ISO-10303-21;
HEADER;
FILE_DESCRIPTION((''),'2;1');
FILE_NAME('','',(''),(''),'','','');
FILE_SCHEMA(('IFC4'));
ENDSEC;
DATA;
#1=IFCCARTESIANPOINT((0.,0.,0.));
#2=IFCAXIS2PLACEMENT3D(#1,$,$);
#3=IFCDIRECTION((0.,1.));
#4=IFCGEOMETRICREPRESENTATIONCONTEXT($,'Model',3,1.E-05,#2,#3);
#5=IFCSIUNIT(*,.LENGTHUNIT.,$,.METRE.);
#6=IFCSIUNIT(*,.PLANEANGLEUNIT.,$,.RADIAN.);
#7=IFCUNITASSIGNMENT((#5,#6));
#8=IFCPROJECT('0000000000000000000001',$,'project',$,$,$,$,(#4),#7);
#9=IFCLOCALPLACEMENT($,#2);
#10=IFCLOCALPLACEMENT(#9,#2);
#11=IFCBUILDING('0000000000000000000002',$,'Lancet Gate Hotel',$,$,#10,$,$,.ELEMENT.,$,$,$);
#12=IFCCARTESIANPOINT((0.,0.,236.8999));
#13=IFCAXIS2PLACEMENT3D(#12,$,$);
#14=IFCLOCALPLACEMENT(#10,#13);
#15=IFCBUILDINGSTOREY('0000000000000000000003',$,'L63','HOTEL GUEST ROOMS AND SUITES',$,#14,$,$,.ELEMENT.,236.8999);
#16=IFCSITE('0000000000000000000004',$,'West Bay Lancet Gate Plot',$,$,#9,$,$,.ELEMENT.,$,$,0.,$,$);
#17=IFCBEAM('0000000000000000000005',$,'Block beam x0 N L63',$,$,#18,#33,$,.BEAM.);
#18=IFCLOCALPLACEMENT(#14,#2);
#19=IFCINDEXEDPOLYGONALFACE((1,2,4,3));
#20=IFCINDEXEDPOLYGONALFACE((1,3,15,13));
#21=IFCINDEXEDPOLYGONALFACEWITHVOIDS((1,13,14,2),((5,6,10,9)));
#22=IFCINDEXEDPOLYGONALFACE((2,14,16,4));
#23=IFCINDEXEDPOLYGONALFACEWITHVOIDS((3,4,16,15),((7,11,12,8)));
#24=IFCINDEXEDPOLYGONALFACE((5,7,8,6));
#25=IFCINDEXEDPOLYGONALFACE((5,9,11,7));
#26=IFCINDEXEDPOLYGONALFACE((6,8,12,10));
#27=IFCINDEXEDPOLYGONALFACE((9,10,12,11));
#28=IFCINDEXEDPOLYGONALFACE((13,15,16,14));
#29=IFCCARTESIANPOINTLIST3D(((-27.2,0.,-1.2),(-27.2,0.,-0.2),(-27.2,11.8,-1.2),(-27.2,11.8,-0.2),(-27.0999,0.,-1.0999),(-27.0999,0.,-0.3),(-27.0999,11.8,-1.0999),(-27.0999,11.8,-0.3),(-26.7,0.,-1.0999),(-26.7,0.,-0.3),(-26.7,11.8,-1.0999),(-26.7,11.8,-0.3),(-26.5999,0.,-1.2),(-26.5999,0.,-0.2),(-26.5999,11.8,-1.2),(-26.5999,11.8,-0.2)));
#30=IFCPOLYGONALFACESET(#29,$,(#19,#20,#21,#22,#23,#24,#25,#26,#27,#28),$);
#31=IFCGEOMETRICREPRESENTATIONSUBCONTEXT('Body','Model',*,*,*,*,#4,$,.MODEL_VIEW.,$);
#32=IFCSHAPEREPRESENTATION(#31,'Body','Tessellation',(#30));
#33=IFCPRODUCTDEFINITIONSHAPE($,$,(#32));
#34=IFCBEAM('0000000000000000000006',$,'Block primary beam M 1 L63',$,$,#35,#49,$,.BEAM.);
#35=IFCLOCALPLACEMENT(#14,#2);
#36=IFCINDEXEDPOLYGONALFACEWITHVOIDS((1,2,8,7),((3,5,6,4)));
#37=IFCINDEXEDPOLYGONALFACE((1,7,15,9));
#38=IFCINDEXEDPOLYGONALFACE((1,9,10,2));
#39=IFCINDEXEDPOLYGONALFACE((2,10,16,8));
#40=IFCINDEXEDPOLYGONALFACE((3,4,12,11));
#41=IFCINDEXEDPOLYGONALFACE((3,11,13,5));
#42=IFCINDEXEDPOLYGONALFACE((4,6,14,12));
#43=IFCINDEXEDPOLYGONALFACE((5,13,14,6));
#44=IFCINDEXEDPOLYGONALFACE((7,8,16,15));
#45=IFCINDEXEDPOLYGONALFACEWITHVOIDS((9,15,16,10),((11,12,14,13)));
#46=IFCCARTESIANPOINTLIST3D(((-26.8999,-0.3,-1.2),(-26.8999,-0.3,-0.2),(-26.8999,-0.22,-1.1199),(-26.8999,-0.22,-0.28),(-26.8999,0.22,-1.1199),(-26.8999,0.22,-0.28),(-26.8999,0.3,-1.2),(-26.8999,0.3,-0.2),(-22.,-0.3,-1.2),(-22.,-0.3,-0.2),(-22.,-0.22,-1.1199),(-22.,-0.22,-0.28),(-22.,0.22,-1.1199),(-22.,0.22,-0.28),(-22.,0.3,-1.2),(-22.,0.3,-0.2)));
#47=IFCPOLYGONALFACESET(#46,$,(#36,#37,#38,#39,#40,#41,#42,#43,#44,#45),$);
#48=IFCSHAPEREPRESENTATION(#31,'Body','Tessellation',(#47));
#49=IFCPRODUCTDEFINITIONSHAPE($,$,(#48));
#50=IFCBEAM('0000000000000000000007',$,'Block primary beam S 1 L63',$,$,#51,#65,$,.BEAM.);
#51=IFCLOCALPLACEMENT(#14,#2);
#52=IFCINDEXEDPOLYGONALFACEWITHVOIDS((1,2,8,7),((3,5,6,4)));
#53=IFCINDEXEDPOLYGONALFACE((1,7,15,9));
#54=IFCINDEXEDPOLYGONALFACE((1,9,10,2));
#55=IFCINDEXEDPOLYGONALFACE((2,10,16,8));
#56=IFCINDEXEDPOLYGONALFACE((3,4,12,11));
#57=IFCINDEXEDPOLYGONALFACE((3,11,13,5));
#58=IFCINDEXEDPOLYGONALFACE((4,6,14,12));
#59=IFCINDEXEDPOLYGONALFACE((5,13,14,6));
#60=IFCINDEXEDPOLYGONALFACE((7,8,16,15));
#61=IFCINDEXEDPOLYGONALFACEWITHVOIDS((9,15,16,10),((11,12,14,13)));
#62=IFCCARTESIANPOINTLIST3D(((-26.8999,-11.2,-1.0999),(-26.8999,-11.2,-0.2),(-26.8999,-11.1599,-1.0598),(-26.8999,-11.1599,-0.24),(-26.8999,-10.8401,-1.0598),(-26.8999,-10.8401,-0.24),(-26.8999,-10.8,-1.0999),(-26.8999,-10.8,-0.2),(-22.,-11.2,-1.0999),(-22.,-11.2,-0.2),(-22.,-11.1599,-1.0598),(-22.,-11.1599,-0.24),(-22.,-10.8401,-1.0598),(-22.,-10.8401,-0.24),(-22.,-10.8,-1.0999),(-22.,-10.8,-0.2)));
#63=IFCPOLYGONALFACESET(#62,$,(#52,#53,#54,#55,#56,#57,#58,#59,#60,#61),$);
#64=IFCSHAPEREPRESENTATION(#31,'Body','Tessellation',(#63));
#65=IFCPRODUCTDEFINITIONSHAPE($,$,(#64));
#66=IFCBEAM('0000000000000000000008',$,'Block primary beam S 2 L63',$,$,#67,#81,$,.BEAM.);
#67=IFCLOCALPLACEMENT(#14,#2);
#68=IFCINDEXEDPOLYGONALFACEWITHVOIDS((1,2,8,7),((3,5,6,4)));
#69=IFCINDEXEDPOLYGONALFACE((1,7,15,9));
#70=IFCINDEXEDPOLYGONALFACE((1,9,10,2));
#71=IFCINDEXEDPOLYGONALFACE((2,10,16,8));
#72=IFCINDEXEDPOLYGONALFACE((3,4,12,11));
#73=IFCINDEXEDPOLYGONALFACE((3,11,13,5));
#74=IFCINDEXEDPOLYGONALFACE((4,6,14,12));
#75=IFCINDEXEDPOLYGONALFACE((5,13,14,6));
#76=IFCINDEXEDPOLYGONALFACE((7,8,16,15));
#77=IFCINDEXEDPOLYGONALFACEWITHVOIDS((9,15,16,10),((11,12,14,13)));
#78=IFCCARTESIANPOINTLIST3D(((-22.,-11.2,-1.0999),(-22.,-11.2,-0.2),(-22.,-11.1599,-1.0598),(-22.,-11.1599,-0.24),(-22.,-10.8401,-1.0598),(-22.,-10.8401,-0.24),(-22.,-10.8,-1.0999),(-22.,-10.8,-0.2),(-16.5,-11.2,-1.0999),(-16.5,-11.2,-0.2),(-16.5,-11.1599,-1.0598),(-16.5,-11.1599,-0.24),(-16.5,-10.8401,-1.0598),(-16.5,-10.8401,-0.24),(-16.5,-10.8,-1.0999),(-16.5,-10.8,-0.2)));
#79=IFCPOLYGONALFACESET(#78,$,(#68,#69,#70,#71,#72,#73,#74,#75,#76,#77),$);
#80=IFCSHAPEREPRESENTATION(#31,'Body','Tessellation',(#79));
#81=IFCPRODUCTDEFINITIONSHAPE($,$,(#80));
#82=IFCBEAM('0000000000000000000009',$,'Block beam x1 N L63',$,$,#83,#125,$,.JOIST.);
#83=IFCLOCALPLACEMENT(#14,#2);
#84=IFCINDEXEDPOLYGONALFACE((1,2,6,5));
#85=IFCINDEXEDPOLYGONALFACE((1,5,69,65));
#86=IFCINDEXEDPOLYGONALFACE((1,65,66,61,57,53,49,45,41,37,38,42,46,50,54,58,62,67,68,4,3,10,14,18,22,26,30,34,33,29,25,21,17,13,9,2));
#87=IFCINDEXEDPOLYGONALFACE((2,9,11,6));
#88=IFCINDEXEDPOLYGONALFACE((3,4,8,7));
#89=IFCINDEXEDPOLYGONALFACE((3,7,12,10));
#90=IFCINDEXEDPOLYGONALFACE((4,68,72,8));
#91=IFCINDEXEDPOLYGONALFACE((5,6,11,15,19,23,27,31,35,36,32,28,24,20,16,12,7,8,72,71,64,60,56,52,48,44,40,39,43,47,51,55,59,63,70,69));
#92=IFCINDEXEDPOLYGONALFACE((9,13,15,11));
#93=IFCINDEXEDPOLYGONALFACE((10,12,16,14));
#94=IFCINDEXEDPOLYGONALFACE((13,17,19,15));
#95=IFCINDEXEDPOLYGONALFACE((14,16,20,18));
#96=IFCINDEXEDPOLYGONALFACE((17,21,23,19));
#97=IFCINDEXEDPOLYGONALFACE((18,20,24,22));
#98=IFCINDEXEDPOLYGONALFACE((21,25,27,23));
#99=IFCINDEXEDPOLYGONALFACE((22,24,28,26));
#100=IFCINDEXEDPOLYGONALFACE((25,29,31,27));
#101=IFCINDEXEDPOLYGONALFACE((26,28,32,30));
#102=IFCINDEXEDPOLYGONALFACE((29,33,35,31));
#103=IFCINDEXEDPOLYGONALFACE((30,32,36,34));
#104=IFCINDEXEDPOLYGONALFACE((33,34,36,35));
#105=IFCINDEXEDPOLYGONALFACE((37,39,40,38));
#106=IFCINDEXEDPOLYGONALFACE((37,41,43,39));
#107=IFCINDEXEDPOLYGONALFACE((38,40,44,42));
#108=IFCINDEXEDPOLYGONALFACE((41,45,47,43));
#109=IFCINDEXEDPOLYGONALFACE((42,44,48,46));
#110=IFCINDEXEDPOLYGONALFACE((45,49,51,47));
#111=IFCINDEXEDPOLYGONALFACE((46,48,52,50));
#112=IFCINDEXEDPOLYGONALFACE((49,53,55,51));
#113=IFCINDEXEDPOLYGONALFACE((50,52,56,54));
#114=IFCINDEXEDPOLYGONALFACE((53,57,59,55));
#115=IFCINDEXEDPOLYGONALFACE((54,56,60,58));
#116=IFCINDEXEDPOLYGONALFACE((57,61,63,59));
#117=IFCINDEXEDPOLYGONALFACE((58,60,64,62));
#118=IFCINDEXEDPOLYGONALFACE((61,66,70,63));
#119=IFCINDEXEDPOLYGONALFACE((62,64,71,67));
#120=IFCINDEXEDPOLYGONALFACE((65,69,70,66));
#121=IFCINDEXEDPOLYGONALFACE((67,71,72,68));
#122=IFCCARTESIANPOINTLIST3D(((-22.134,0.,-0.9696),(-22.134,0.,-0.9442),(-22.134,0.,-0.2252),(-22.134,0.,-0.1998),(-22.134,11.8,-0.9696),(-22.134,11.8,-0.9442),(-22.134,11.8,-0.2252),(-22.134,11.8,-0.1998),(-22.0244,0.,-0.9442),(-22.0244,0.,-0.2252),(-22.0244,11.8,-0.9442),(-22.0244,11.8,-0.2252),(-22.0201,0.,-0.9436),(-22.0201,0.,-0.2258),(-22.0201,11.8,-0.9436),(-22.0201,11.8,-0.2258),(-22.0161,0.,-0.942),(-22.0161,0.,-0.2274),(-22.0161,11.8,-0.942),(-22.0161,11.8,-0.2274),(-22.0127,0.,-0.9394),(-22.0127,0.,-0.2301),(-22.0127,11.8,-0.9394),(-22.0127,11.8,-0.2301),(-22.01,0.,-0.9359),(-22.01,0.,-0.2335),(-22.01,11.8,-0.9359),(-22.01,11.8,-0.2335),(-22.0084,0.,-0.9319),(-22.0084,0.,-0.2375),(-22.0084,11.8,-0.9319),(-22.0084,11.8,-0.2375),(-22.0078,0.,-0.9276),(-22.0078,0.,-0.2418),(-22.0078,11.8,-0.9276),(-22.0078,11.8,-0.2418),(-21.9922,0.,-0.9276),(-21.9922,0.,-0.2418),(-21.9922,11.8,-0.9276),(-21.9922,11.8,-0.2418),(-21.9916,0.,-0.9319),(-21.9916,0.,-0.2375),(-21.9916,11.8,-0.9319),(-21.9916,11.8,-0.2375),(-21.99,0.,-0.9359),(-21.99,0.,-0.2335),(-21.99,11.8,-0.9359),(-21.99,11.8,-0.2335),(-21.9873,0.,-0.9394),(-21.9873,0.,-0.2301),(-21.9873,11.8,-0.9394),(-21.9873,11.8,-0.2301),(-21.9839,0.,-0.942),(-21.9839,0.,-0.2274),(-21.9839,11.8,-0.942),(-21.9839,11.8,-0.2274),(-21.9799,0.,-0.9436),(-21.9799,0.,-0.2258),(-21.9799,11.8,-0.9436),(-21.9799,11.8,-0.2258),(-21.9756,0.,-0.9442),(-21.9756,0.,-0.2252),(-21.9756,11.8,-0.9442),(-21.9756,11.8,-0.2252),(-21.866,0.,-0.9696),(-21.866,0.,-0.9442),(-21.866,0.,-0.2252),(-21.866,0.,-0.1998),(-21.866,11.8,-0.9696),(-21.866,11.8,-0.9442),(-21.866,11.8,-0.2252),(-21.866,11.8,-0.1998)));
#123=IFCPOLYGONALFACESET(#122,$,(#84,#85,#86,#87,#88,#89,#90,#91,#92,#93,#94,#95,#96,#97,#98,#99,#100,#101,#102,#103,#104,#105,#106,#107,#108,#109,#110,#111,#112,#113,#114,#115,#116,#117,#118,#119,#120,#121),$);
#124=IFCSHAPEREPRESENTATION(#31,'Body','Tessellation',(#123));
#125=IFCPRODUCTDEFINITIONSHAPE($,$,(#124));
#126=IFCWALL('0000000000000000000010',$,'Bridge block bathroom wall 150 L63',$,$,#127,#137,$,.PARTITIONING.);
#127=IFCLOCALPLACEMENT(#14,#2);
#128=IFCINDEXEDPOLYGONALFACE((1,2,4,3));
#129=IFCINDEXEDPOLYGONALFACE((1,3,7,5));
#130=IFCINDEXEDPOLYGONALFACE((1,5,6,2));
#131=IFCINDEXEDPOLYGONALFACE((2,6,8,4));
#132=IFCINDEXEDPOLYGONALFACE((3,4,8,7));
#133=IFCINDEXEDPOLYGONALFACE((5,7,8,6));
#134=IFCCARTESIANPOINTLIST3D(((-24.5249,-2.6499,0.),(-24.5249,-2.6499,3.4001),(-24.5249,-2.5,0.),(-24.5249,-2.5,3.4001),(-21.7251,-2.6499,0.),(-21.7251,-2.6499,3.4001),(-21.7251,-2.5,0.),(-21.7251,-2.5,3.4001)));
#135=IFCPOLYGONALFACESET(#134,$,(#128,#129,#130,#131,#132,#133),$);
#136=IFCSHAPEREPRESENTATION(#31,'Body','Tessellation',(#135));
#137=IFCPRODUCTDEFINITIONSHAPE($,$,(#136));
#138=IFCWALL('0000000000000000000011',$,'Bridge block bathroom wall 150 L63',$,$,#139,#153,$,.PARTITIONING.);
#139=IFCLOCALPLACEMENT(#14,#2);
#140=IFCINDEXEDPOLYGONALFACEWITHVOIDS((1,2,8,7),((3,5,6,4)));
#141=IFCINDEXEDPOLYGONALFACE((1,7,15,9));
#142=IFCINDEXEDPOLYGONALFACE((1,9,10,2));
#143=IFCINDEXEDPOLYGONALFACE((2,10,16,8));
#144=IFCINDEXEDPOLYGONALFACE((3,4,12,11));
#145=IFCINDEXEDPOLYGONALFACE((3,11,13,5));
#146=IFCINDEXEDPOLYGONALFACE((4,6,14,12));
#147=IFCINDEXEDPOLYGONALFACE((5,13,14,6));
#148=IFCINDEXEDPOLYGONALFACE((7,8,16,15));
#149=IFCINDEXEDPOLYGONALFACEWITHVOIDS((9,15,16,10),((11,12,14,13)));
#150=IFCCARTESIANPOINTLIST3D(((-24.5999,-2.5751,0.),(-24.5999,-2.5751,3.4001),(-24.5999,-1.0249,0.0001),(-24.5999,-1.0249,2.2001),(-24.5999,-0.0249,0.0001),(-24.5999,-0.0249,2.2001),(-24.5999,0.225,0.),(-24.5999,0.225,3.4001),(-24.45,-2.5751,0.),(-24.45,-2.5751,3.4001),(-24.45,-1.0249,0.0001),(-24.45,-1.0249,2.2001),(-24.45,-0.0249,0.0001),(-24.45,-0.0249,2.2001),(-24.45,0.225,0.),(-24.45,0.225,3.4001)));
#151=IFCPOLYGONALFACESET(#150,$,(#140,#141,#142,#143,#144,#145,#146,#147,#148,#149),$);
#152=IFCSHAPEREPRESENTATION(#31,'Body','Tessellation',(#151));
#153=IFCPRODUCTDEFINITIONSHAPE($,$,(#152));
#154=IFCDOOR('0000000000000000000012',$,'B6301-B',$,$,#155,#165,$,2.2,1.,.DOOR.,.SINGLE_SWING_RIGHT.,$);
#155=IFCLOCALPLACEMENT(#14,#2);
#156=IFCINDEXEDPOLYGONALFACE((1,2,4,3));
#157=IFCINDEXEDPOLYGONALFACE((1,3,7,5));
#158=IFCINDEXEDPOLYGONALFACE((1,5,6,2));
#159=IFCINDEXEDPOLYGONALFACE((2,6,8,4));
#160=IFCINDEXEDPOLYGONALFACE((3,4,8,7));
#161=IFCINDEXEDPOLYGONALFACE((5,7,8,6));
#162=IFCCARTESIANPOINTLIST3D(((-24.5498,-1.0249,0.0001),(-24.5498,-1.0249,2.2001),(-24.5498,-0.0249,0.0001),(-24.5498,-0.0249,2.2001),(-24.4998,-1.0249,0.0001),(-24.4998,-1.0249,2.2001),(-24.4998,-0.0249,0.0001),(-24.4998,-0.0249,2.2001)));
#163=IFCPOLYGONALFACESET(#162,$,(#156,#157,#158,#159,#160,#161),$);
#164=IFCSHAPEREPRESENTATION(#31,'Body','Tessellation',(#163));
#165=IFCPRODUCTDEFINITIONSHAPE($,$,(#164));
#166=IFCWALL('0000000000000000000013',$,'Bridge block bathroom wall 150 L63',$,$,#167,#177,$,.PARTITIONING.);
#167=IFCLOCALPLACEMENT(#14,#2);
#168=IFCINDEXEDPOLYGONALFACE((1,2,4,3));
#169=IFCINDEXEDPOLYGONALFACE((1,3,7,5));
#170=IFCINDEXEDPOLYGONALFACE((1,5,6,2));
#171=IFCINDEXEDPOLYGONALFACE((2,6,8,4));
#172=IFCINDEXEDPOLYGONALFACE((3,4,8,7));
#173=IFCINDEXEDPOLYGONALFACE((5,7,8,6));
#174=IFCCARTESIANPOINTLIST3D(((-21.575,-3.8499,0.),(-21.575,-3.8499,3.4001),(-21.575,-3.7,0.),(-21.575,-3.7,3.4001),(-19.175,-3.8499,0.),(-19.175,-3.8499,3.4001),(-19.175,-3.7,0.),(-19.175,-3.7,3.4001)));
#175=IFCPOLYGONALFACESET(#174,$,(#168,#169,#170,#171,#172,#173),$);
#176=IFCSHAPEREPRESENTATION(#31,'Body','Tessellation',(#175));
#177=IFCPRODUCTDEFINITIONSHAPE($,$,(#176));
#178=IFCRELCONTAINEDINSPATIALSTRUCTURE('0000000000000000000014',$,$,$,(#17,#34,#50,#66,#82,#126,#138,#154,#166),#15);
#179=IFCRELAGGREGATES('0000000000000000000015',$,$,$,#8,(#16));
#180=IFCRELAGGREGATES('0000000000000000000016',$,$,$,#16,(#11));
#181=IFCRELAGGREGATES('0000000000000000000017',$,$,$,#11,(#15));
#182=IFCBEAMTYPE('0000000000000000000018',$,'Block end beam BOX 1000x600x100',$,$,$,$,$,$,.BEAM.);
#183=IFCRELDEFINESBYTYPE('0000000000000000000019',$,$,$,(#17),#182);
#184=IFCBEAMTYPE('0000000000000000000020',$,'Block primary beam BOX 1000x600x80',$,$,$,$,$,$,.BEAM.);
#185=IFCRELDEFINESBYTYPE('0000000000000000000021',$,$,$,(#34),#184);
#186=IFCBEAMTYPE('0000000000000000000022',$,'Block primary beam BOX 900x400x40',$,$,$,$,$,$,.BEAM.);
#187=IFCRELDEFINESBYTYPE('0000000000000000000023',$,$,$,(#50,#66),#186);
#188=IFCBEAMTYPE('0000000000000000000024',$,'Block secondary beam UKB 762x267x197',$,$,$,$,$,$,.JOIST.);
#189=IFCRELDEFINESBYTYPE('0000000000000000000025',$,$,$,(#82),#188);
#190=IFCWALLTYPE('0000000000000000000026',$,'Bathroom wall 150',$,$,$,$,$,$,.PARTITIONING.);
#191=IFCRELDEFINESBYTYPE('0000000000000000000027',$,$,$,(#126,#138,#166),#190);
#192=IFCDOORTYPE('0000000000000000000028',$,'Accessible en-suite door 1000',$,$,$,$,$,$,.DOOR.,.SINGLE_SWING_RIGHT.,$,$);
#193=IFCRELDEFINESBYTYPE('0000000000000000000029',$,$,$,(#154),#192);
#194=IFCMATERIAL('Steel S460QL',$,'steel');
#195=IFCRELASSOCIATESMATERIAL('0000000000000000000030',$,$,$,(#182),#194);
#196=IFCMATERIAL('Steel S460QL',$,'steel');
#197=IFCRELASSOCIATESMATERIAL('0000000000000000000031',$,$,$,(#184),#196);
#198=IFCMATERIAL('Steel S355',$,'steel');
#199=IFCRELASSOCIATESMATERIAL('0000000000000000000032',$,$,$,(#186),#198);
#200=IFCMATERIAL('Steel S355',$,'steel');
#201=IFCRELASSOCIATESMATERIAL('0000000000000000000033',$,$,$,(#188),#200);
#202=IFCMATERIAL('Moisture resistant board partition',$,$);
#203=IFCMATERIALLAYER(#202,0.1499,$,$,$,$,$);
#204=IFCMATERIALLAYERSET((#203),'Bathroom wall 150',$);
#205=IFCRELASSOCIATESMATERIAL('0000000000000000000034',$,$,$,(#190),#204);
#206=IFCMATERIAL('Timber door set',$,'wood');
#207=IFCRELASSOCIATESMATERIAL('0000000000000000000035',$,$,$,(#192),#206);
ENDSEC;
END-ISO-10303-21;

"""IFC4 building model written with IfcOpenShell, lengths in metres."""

from ifc_helpers import new_model, si_unit, direction, frame, frame_2d, origin, origin_2d, place, context, subcontext, project, spatial, rectangle, hollow_rectangle, i_section, extrude, material, layer, layer_set, material_profile, profile_set, type_object, element, fill, save


model = new_model("IFC4")

# Units and contexts
model_context = context("Model", 3, precision=1e-05, world=origin(), true_north=direction((0.0, 1.0)))
body_context = subcontext(model_context, "Body", "Model", "MODEL_VIEW")
ifc_project = project(units=[si_unit("LENGTHUNIT", "METRE"), si_unit("PLANEANGLEUNIT", "RADIAN")], contexts=[model_context])

# Site, building, storey
site_placement = place(None, origin())
site = spatial("IfcSite", under=ifc_project, at=site_placement, Name="West Bay Lancet Gate Plot", CompositionType="ELEMENT", RefElevation=0.0)
building_placement = place(site_placement, origin())
building = spatial("IfcBuilding", under=site, at=building_placement, Name="Lancet Gate Hotel", CompositionType="ELEMENT")
storey_placement = place(building_placement, frame((0.0, 0.0, 236.8999)))
storey = spatial("IfcBuildingStorey", under=building, at=storey_placement, Name="L63", Description="HOTEL GUEST ROOMS AND SUITES", CompositionType="ELEMENT", Elevation=236.8999)

# Beams
ifc_material_1 = material(Name="Steel S460QL", Category="steel")
ifc_material_profile_1 = material_profile(ifc_material_1, hollow_rectangle(XDim=0.6001, YDim=1.0, WallThickness=0.1001, at=origin_2d()), Name="BOX 1000x600x100")
ifc_profile_set_1 = profile_set([ifc_material_profile_1], Name="Steel S460QL")
beam_type_1 = type_object("IfcBeamType", Name="Block end beam BOX 1000x600x100", PredefinedType="BEAM", material=ifc_profile_set_1)
beam_1_placement = place(storey_placement, frame((-26.8999, 0.0, -0.7), z_axis=(0.0, 1.0, 0.0), x_axis=(-1.0, 0.0, 0.0)))
element("IfcBeam", 1, at=beam_1_placement, inside=storey, type_object=beam_type_1, Name="Block beam x0 N L63", PredefinedType="BEAM", context=body_context, shape_type="SweptSolid", body=[
    extrude(hollow_rectangle(XDim=0.6001, YDim=1.0, WallThickness=0.1001, at=origin_2d()), origin(), (0.0, 0.0, 1.0), 11.8),
])
ifc_material_2 = material(Name="Steel S460QL", Category="steel")
ifc_material_profile_2 = material_profile(ifc_material_2, hollow_rectangle(XDim=0.6001, YDim=1.0, WallThickness=0.0801, at=origin_2d()), Name="BOX 1000x600x80")
ifc_profile_set_2 = profile_set([ifc_material_profile_2], Name="Steel S460QL")
beam_type_2 = type_object("IfcBeamType", Name="Block primary beam BOX 1000x600x80", PredefinedType="BEAM", material=ifc_profile_set_2)
beam_2_placement = place(storey_placement, frame((-26.8999, 0.0, -0.7), z_axis=(1.0, 0.0, 0.0), x_axis=(0.0, 1.0, 0.0)))
element("IfcBeam", 2, at=beam_2_placement, inside=storey, type_object=beam_type_2, Name="Block primary beam M 1 L63", PredefinedType="BEAM", context=body_context, shape_type="SweptSolid", body=[
    extrude(hollow_rectangle(XDim=0.6001, YDim=1.0, WallThickness=0.0801, at=origin_2d()), origin(), (0.0, 0.0, 1.0), 4.8999),
])
ifc_material_3 = material(Name="Steel S355", Category="steel")
ifc_material_profile_3 = material_profile(ifc_material_3, hollow_rectangle(XDim=0.3999, YDim=0.8999, WallThickness=0.04, at=origin_2d()), Name="BOX 900x400x40")
ifc_profile_set_3 = profile_set([ifc_material_profile_3], Name="Steel S355")
beam_type_3 = type_object("IfcBeamType", Name="Block primary beam BOX 900x400x40", PredefinedType="BEAM", material=ifc_profile_set_3)
beam_3_placement = place(storey_placement, frame((-26.8999, -11.0, -0.6499), z_axis=(1.0, 0.0, 0.0), x_axis=(0.0, 1.0, 0.0)))
element("IfcBeam", 3, at=beam_3_placement, inside=storey, type_object=beam_type_3, Name="Block primary beam S 1 L63", PredefinedType="BEAM", context=body_context, shape_type="SweptSolid", body=[
    extrude(hollow_rectangle(XDim=0.3999, YDim=0.8999, WallThickness=0.04, at=origin_2d()), origin(), (0.0, 0.0, 1.0), 4.8999),
])
beam_4_placement = place(storey_placement, frame((-22.0, -11.0, -0.6499), z_axis=(1.0, 0.0, 0.0), x_axis=(0.0, 1.0, 0.0)))
element("IfcBeam", 4, at=beam_4_placement, inside=storey, type_object=beam_type_3, Name="Block primary beam S 2 L63", PredefinedType="BEAM", context=body_context, shape_type="SweptSolid", body=[
    extrude(hollow_rectangle(XDim=0.3999, YDim=0.8999, WallThickness=0.04, at=origin_2d()), origin(), (0.0, 0.0, 1.0), 5.5),
])
ifc_material_4 = material(Name="Steel S355", Category="steel")
ifc_material_profile_4 = material_profile(ifc_material_4, i_section(OverallWidth=0.2681, OverallDepth=0.7698, WebThickness=0.0156, FlangeThickness=0.0254, FilletRadius=0.0166, at=origin_2d()), Name="UKB 762x267x197")
ifc_profile_set_4 = profile_set([ifc_material_profile_4], Name="Steel S355")
beam_type_4 = type_object("IfcBeamType", Name="Block secondary beam UKB 762x267x197", PredefinedType="JOIST", material=ifc_profile_set_4)
beam_5_placement = place(storey_placement, frame((-22.0, 0.0, -0.5847), z_axis=(0.0, 1.0, 0.0), x_axis=(-1.0, 0.0, 0.0)))
element("IfcBeam", 5, at=beam_5_placement, inside=storey, type_object=beam_type_4, Name="Block beam x1 N L63", PredefinedType="JOIST", context=body_context, shape_type="SweptSolid", body=[
    extrude(i_section(OverallWidth=0.2681, OverallDepth=0.7698, WebThickness=0.0156, FlangeThickness=0.0254, FilletRadius=0.0166, at=origin_2d()), origin(), (0.0, 0.0, 1.0), 11.8),
])

# Wall
ifc_material_5 = material(Name="Moisture resistant board partition")
ifc_layer_1 = layer(ifc_material_5, 0.1499)
ifc_layer_set_1 = layer_set([ifc_layer_1], Name="Bathroom wall 150")
wall_type_1 = type_object("IfcWallType", Name="Bathroom wall 150", PredefinedType="PARTITIONING", material=ifc_layer_set_1)
wall_1_placement = place(storey_placement, frame((-24.5249, -2.575, 0.0), z_axis=(0.0, 0.0, 1.0), x_axis=(1.0, 0.0, 0.0)))
element("IfcWall", 6, at=wall_1_placement, inside=storey, type_object=wall_type_1, Name="Bridge block bathroom wall 150 L63", PredefinedType="PARTITIONING", context=body_context, shape_type="SweptSolid", body=[
    extrude(rectangle(XDim=2.7998, YDim=0.1499, at=frame_2d((1.3999, 0.0))), origin(), (0.0, 0.0, 1.0), 3.4001),
])

# Wall, opening, door
wall_2_placement = place(storey_placement, frame((-24.5249, -2.575, 0.0), z_axis=(0.0, 0.0, 1.0), x_axis=(0.0, 1.0, 0.0)))
wall_2 = element("IfcWall", 7, at=wall_2_placement, inside=storey, type_object=wall_type_1, Name="Bridge block bathroom wall 150 L63", PredefinedType="PARTITIONING", context=body_context, shape_type="SweptSolid", body=[
    extrude(rectangle(XDim=2.8, YDim=0.1499, at=frame_2d((1.3999, 0.0))), origin(), (0.0, 0.0, 1.0), 3.4001),
])
opening_1_placement = place(wall_2_placement, frame((1.55, 0.0, 0.0)))
opening_1 = element("IfcOpeningElement", 8, at=opening_1_placement, cuts=wall_2, PredefinedType="OPENING", context=body_context, shape_type="SweptSolid", body=[
    extrude(rectangle(XDim=1.0, YDim=2.2, at=frame_2d((0.5, 1.1001))), frame((0.0, 0.085, 0.0), z_axis=(0.0, -1.0, 0.0), x_axis=(1.0, 0.0, 0.0)), (0.0, 0.0, 1.0), 0.1699),
])
ifc_material_6 = material(Name="Timber door set", Category="wood")
door_type_1 = type_object("IfcDoorType", Name="Accessible en-suite door 1000", OperationType="SINGLE_SWING_RIGHT", PredefinedType="DOOR", material=ifc_material_6)
door_1_placement = place(opening_1_placement, origin())
door_1 = element("IfcDoor", 9, at=door_1_placement, inside=storey, type_object=door_type_1, Name="B6301-B", OperationType="SINGLE_SWING_RIGHT", OverallHeight=2.2, OverallWidth=1.0, PredefinedType="DOOR", context=body_context, shape_type="SweptSolid", body=[
    extrude(rectangle(XDim=1.0, YDim=2.2, at=frame_2d((0.5, 1.1001))), frame((0.0, 0.0249, 0.0), z_axis=(0.0, -1.0, 0.0), x_axis=(1.0, 0.0, 0.0)), (0.0, 0.0, 1.0), 0.05),
])
fill(opening_1, door_1)

# Wall
for number, where, z_axis, x_axis, name in (
    (10, (-21.575, -3.7749, 0.0), (0.0, 0.0, 1.0), (1.0, 0.0, 0.0), "Bridge block bathroom wall 150 L63"),
):
    element("IfcWall", number, at=place(storey_placement, frame(where, z_axis=z_axis, x_axis=x_axis)), inside=storey, type_object=wall_type_1, Name=name, PredefinedType="PARTITIONING", context=body_context, shape_type="SweptSolid", body=[
        extrude(rectangle(XDim=2.3999, YDim=0.1499, at=frame_2d((1.2, 0.0))), origin(), (0.0, 0.0, 1.0), 3.4001),
    ])

save(model, "model.ifc")
